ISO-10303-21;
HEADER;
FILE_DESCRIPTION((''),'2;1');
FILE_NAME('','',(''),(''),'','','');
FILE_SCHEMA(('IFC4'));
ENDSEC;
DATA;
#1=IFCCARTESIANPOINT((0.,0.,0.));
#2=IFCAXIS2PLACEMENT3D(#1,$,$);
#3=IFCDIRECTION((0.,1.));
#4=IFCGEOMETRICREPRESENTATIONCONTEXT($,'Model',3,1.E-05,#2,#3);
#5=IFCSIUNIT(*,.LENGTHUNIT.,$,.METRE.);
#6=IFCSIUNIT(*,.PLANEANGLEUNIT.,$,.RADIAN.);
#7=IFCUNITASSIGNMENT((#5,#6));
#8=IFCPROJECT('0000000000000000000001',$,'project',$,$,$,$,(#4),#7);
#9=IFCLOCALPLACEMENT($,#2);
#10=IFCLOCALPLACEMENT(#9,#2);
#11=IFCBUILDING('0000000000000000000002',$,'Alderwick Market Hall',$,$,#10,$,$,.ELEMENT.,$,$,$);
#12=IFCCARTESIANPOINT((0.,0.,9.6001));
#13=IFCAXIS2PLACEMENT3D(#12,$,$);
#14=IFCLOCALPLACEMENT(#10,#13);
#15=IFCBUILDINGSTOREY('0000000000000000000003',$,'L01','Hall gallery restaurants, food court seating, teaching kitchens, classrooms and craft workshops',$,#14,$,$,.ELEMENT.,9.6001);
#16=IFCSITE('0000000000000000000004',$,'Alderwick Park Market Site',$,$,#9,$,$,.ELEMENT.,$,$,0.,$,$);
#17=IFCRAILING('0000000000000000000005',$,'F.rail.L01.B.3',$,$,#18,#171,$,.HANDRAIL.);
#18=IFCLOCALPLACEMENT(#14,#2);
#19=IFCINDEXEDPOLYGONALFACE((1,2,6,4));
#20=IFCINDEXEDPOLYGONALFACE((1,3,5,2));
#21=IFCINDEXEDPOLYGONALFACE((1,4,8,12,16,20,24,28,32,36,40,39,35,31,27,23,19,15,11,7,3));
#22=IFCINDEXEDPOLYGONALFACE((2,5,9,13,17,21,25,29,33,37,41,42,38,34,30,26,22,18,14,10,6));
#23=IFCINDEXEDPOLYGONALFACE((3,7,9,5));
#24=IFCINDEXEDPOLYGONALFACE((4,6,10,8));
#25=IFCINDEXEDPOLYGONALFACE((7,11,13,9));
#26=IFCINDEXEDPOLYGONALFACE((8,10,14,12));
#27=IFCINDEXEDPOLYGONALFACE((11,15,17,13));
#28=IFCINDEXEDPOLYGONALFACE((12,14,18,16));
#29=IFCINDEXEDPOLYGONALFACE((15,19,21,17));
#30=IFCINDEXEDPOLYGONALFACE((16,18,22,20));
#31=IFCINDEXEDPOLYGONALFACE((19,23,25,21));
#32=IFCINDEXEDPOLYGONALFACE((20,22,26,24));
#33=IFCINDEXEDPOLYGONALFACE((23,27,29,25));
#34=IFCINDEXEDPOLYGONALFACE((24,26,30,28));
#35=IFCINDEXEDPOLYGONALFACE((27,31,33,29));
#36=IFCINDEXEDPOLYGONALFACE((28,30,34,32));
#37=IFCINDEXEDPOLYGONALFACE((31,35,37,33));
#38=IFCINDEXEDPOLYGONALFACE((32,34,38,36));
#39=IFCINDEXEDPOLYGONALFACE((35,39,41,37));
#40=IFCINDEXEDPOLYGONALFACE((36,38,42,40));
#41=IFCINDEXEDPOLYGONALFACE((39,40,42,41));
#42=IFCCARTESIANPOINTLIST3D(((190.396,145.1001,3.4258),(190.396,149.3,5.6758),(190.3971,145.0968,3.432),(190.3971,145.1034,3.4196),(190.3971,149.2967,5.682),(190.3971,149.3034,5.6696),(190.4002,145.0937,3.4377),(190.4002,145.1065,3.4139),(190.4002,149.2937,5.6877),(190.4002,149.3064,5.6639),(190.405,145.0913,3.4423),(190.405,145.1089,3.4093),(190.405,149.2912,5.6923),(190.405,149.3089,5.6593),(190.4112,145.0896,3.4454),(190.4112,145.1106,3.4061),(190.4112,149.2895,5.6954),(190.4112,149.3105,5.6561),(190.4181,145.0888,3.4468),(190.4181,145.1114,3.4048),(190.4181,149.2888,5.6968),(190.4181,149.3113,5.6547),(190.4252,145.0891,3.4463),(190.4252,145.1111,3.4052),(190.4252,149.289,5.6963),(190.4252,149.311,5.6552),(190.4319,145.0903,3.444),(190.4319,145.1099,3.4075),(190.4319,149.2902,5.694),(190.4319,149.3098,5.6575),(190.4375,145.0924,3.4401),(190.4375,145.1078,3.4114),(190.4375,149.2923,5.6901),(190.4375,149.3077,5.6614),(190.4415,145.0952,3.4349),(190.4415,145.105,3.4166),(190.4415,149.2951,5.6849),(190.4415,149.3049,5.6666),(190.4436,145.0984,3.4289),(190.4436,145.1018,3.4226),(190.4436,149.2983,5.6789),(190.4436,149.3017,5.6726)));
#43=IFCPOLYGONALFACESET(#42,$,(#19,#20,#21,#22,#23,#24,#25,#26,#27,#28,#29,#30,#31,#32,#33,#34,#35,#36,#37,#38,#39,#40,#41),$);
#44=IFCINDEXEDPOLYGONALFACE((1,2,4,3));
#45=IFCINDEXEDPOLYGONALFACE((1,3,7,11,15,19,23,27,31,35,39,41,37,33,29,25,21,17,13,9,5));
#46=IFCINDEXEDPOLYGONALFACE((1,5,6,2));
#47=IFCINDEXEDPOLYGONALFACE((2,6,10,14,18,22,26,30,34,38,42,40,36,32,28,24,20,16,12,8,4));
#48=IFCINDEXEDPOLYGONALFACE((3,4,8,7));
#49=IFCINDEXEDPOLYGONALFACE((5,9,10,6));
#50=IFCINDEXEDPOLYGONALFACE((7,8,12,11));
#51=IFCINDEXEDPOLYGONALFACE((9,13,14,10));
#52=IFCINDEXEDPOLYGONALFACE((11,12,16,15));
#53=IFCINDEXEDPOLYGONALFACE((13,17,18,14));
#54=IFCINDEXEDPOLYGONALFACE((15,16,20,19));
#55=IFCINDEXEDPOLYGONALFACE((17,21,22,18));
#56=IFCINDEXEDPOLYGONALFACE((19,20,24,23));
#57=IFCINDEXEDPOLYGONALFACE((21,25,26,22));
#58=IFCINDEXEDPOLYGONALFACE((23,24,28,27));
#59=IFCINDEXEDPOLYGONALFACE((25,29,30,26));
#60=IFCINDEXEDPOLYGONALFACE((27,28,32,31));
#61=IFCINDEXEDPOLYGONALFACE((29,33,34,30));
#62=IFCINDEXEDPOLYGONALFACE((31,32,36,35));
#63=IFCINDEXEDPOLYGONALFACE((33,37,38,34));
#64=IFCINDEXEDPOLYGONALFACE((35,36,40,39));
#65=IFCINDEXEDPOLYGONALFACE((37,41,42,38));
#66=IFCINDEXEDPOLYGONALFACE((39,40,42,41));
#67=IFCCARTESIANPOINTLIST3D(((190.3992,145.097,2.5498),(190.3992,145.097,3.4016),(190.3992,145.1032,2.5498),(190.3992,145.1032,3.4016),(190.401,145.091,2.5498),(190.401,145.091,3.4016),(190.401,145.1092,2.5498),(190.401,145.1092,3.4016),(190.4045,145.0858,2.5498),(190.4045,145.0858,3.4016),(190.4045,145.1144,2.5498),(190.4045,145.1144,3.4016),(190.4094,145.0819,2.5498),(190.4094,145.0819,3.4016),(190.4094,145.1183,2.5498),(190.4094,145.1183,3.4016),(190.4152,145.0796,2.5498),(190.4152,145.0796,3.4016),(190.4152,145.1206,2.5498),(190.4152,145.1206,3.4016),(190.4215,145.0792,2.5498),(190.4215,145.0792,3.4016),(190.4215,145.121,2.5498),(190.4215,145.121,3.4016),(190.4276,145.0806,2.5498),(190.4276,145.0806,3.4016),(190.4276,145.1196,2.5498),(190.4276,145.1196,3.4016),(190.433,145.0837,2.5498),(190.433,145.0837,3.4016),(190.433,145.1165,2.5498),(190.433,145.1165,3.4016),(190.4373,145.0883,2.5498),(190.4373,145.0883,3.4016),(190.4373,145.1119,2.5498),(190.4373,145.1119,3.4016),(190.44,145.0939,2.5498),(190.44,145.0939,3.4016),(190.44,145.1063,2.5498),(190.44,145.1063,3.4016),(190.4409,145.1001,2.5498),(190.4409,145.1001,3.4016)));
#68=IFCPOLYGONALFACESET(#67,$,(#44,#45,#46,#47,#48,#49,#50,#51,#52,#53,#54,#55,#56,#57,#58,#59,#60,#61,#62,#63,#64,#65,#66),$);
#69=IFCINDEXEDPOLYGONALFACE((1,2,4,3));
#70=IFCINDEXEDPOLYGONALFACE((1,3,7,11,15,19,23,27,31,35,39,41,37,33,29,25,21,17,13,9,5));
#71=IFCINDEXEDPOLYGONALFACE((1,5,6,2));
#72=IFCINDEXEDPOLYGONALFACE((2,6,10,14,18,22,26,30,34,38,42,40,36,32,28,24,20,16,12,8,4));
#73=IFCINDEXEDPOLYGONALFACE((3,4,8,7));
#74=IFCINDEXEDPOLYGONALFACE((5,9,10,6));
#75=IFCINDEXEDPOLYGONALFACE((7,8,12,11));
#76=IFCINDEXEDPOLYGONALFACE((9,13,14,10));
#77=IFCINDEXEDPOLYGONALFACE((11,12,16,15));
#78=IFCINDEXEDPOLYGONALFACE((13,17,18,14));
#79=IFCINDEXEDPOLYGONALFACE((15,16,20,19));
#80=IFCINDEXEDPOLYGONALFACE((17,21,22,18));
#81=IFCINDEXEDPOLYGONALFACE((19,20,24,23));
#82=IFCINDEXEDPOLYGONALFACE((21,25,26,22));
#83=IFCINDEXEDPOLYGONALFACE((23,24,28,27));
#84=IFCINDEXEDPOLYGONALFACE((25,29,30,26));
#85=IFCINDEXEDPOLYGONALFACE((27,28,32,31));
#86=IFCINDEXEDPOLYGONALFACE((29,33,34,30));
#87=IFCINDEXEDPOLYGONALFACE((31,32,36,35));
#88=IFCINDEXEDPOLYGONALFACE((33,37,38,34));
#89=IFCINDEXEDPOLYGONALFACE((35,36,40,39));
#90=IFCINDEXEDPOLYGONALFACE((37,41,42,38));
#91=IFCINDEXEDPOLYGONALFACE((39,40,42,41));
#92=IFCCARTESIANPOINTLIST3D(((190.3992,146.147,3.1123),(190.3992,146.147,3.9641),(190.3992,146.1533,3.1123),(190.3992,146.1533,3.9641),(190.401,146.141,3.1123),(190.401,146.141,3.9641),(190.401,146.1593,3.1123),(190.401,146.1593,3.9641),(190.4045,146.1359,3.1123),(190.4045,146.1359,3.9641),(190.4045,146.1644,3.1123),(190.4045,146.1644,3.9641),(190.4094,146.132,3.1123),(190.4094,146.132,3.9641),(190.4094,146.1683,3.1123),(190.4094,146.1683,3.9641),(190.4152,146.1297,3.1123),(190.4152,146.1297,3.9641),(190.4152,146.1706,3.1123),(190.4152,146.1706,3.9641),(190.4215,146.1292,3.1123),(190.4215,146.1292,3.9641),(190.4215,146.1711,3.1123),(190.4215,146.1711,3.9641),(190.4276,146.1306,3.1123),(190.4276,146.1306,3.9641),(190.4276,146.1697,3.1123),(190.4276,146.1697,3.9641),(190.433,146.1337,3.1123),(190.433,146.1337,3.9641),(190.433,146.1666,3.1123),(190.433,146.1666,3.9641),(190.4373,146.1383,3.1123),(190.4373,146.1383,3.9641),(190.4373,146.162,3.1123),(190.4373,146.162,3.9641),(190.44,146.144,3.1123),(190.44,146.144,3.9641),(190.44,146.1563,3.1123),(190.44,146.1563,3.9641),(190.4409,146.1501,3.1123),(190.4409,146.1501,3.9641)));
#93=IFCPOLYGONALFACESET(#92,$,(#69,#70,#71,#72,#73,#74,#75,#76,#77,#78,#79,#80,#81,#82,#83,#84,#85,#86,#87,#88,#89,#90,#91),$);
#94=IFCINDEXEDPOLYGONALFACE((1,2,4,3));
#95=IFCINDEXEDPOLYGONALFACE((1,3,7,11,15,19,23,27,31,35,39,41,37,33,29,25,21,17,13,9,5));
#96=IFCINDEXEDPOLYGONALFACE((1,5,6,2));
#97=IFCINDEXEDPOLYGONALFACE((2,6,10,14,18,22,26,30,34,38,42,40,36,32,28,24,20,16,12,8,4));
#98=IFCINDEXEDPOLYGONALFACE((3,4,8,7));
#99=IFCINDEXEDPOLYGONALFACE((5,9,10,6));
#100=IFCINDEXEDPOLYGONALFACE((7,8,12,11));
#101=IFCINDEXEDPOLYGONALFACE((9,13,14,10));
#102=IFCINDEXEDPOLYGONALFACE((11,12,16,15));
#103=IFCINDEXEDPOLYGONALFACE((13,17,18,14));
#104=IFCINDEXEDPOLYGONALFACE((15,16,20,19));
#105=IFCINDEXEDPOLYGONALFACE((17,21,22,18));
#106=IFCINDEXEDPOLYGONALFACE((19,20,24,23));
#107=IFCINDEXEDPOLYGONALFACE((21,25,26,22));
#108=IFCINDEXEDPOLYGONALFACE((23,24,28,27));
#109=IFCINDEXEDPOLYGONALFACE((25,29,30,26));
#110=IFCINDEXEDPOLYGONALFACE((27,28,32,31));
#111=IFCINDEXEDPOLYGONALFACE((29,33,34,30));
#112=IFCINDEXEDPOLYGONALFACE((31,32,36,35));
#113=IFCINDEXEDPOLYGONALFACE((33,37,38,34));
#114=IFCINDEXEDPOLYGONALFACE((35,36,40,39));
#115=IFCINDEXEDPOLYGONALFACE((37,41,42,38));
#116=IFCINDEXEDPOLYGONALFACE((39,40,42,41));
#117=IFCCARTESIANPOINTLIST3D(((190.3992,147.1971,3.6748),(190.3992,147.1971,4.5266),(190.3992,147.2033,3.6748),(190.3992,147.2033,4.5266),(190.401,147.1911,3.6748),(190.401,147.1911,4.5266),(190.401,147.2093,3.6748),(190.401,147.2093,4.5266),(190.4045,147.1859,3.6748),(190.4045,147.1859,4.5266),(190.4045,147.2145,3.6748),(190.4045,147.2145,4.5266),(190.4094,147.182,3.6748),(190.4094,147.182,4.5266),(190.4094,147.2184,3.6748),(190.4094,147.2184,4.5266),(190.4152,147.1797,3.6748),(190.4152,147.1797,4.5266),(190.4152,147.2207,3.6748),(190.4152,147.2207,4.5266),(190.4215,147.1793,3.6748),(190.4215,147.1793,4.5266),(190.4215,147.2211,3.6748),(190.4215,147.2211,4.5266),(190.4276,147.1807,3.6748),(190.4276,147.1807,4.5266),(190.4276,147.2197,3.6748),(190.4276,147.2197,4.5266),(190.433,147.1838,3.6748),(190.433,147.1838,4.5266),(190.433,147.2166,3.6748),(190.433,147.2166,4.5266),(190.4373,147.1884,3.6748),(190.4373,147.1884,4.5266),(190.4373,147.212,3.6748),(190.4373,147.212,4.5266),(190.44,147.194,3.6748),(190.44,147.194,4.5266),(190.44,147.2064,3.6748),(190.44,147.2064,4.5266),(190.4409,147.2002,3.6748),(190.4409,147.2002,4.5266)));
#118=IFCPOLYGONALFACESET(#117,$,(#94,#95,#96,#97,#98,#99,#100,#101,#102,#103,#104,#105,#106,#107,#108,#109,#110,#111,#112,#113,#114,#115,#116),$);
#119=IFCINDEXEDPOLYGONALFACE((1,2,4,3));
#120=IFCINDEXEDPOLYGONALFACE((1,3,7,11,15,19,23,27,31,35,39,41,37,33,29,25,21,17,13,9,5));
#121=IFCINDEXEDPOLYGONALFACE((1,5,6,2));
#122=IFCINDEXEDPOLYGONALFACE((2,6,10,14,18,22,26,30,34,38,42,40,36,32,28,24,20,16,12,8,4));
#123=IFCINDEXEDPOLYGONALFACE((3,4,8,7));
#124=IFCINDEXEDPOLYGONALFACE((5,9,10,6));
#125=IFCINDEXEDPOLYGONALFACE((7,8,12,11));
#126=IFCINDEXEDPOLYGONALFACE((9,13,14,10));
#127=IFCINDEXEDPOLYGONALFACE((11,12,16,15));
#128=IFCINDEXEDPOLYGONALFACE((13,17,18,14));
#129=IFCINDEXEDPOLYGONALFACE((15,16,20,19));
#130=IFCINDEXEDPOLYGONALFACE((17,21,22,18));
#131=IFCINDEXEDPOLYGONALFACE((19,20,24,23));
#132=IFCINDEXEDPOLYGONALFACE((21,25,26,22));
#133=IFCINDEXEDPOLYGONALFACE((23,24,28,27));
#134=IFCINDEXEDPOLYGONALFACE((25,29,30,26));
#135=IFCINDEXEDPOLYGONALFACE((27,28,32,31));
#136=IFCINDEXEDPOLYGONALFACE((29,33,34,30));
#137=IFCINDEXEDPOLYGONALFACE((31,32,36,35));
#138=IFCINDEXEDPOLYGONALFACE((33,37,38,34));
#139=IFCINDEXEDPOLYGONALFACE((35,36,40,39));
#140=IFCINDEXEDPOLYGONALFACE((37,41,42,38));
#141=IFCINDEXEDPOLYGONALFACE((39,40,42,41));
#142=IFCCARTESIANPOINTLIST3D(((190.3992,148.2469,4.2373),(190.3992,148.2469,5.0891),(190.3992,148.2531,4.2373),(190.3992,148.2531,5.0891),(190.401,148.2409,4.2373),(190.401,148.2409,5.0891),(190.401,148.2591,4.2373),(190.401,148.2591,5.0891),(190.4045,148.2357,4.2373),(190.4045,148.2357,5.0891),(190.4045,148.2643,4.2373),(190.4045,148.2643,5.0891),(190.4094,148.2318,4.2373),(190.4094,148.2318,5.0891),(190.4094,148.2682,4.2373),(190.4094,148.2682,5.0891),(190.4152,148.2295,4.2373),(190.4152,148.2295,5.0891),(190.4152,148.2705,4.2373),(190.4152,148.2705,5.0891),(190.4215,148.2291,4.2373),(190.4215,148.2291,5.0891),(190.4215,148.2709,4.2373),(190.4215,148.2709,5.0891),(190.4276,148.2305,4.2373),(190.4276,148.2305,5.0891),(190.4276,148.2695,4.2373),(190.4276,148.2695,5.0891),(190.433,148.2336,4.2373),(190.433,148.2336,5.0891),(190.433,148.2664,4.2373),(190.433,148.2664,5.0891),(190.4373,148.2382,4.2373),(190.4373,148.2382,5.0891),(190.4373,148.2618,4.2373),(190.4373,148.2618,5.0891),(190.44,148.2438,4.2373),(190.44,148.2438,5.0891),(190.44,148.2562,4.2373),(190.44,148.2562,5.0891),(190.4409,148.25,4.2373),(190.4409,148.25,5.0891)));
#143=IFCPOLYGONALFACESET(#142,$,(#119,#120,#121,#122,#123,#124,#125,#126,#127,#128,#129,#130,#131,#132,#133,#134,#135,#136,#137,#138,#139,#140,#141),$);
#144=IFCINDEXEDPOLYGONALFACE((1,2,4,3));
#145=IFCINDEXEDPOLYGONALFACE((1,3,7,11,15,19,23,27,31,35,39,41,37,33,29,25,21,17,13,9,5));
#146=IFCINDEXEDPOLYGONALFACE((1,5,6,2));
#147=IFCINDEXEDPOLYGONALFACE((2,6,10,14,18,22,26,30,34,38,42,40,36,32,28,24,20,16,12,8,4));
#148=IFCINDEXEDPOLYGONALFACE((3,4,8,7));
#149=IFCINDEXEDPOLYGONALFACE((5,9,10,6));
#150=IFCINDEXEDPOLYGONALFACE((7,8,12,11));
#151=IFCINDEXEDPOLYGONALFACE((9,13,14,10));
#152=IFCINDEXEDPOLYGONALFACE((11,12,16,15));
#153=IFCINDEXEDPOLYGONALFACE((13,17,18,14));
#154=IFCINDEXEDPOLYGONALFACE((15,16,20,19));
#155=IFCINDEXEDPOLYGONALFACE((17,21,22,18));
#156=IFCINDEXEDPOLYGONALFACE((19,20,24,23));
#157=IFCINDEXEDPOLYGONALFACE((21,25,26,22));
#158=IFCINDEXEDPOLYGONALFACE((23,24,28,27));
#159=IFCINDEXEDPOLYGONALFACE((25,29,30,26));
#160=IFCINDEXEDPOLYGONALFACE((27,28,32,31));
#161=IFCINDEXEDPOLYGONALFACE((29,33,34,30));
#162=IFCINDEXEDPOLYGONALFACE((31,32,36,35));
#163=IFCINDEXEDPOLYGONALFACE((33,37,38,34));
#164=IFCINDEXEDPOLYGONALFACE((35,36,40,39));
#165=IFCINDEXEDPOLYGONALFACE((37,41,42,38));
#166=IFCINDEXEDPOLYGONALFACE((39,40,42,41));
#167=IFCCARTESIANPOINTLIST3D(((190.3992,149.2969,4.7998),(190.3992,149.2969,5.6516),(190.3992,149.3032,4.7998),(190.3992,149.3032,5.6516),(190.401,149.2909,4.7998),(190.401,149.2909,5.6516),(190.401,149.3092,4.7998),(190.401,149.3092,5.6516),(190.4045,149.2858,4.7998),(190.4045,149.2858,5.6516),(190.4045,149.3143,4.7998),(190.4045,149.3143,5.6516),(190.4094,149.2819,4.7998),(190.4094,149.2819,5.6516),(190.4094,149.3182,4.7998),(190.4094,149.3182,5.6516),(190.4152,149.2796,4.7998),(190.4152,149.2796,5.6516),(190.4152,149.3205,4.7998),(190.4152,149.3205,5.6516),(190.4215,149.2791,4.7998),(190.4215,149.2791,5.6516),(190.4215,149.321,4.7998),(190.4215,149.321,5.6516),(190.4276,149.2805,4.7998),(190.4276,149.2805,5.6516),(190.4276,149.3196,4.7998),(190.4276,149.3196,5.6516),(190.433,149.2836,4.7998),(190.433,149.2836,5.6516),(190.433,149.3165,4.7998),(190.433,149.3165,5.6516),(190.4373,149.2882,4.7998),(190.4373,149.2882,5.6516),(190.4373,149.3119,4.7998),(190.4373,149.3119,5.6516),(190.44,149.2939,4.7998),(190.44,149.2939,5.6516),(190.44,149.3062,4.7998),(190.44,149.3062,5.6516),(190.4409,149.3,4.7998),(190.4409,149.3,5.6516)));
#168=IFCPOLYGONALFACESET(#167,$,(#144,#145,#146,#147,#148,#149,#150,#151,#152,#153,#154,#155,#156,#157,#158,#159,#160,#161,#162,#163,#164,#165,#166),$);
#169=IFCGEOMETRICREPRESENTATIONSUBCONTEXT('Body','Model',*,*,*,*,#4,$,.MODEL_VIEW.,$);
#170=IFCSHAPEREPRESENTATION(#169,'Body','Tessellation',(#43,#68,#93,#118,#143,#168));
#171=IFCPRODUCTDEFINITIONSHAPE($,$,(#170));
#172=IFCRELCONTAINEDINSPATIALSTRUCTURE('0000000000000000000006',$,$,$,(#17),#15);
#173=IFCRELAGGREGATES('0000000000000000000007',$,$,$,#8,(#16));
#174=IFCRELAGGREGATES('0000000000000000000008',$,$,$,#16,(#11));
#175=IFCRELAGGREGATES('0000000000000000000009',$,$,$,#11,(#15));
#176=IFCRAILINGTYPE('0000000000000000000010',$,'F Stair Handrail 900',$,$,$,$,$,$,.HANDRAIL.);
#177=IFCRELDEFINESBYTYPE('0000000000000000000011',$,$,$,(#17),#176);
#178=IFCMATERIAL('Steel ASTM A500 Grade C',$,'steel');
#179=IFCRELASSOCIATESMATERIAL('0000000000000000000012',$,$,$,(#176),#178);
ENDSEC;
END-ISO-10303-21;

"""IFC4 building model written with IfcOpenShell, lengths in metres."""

from ifc_helpers import new_model, si_unit, direction, frame, origin, origin_2d, place, context, subcontext, project, spatial, circle, extrude, material, type_object, element, save


model = new_model("IFC4")

# Units and contexts
model_context = context("Model", 3, precision=1e-05, world=origin(), true_north=direction((0.0, 1.0)))
body_context = subcontext(model_context, "Body", "Model", "MODEL_VIEW")
ifc_project = project(units=[si_unit("LENGTHUNIT", "METRE"), si_unit("PLANEANGLEUNIT", "RADIAN")], contexts=[model_context])

# Site, building, storey
site_placement = place(None, origin())
site = spatial("IfcSite", under=ifc_project, at=site_placement, Name="Alderwick Park Market Site", CompositionType="ELEMENT", RefElevation=0.0)
building_placement = place(site_placement, origin())
building = spatial("IfcBuilding", under=site, at=building_placement, Name="Alderwick Market Hall", CompositionType="ELEMENT")
storey_placement = place(building_placement, frame((0.0, 0.0, 9.6001)))
storey = spatial("IfcBuildingStorey", under=building, at=storey_placement, Name="L01", Description="Hall gallery restaurants, food court seating, teaching kitchens, classrooms and craft workshops", CompositionType="ELEMENT", Elevation=9.6001)

# Railing
ifc_material_1 = material(Name="Steel ASTM A500 Grade C", Category="steel")
railing_type = type_object("IfcRailingType", Name="F Stair Handrail 900", PredefinedType="HANDRAIL", material=ifc_material_1)
for number, where, name in (
    (1, (190.4199, 145.1001, 2.5498), "F.rail.L01.B.3"),
):
    element("IfcRailing", number, at=place(storey_placement, frame(where)), inside=storey, type_object=railing_type, Name=name, PredefinedType="HANDRAIL", context=body_context, shape_type="SweptSolid", body=[
        extrude(circle(Radius=0.0239, at=origin_2d()), frame((0.0, 0.0, 0.876), z_axis=(0.0, 0.881478, 0.472226), x_axis=(-1.0, 0.0, 0.0)), (0.0, 0.0, 1.0), 4.7646),
        extrude(circle(Radius=0.021, at=origin_2d()), origin(), (0.0, 0.0, 1.0), 0.8518),
        extrude(circle(Radius=0.021, at=origin_2d()), frame((0.0, 1.05, 0.5625)), (0.0, 0.0, 1.0), 0.8518),
        extrude(circle(Radius=0.021, at=origin_2d()), frame((0.0, 2.1001, 1.125)), (0.0, 0.0, 1.0), 0.8518),
        extrude(circle(Radius=0.021, at=origin_2d()), frame((0.0, 3.1499, 1.6875)), (0.0, 0.0, 1.0), 0.8518),
        extrude(circle(Radius=0.021, at=origin_2d()), frame((0.0, 4.2, 2.25)), (0.0, 0.0, 1.0), 0.8518),
    ])

save(model, "model.ifc")
